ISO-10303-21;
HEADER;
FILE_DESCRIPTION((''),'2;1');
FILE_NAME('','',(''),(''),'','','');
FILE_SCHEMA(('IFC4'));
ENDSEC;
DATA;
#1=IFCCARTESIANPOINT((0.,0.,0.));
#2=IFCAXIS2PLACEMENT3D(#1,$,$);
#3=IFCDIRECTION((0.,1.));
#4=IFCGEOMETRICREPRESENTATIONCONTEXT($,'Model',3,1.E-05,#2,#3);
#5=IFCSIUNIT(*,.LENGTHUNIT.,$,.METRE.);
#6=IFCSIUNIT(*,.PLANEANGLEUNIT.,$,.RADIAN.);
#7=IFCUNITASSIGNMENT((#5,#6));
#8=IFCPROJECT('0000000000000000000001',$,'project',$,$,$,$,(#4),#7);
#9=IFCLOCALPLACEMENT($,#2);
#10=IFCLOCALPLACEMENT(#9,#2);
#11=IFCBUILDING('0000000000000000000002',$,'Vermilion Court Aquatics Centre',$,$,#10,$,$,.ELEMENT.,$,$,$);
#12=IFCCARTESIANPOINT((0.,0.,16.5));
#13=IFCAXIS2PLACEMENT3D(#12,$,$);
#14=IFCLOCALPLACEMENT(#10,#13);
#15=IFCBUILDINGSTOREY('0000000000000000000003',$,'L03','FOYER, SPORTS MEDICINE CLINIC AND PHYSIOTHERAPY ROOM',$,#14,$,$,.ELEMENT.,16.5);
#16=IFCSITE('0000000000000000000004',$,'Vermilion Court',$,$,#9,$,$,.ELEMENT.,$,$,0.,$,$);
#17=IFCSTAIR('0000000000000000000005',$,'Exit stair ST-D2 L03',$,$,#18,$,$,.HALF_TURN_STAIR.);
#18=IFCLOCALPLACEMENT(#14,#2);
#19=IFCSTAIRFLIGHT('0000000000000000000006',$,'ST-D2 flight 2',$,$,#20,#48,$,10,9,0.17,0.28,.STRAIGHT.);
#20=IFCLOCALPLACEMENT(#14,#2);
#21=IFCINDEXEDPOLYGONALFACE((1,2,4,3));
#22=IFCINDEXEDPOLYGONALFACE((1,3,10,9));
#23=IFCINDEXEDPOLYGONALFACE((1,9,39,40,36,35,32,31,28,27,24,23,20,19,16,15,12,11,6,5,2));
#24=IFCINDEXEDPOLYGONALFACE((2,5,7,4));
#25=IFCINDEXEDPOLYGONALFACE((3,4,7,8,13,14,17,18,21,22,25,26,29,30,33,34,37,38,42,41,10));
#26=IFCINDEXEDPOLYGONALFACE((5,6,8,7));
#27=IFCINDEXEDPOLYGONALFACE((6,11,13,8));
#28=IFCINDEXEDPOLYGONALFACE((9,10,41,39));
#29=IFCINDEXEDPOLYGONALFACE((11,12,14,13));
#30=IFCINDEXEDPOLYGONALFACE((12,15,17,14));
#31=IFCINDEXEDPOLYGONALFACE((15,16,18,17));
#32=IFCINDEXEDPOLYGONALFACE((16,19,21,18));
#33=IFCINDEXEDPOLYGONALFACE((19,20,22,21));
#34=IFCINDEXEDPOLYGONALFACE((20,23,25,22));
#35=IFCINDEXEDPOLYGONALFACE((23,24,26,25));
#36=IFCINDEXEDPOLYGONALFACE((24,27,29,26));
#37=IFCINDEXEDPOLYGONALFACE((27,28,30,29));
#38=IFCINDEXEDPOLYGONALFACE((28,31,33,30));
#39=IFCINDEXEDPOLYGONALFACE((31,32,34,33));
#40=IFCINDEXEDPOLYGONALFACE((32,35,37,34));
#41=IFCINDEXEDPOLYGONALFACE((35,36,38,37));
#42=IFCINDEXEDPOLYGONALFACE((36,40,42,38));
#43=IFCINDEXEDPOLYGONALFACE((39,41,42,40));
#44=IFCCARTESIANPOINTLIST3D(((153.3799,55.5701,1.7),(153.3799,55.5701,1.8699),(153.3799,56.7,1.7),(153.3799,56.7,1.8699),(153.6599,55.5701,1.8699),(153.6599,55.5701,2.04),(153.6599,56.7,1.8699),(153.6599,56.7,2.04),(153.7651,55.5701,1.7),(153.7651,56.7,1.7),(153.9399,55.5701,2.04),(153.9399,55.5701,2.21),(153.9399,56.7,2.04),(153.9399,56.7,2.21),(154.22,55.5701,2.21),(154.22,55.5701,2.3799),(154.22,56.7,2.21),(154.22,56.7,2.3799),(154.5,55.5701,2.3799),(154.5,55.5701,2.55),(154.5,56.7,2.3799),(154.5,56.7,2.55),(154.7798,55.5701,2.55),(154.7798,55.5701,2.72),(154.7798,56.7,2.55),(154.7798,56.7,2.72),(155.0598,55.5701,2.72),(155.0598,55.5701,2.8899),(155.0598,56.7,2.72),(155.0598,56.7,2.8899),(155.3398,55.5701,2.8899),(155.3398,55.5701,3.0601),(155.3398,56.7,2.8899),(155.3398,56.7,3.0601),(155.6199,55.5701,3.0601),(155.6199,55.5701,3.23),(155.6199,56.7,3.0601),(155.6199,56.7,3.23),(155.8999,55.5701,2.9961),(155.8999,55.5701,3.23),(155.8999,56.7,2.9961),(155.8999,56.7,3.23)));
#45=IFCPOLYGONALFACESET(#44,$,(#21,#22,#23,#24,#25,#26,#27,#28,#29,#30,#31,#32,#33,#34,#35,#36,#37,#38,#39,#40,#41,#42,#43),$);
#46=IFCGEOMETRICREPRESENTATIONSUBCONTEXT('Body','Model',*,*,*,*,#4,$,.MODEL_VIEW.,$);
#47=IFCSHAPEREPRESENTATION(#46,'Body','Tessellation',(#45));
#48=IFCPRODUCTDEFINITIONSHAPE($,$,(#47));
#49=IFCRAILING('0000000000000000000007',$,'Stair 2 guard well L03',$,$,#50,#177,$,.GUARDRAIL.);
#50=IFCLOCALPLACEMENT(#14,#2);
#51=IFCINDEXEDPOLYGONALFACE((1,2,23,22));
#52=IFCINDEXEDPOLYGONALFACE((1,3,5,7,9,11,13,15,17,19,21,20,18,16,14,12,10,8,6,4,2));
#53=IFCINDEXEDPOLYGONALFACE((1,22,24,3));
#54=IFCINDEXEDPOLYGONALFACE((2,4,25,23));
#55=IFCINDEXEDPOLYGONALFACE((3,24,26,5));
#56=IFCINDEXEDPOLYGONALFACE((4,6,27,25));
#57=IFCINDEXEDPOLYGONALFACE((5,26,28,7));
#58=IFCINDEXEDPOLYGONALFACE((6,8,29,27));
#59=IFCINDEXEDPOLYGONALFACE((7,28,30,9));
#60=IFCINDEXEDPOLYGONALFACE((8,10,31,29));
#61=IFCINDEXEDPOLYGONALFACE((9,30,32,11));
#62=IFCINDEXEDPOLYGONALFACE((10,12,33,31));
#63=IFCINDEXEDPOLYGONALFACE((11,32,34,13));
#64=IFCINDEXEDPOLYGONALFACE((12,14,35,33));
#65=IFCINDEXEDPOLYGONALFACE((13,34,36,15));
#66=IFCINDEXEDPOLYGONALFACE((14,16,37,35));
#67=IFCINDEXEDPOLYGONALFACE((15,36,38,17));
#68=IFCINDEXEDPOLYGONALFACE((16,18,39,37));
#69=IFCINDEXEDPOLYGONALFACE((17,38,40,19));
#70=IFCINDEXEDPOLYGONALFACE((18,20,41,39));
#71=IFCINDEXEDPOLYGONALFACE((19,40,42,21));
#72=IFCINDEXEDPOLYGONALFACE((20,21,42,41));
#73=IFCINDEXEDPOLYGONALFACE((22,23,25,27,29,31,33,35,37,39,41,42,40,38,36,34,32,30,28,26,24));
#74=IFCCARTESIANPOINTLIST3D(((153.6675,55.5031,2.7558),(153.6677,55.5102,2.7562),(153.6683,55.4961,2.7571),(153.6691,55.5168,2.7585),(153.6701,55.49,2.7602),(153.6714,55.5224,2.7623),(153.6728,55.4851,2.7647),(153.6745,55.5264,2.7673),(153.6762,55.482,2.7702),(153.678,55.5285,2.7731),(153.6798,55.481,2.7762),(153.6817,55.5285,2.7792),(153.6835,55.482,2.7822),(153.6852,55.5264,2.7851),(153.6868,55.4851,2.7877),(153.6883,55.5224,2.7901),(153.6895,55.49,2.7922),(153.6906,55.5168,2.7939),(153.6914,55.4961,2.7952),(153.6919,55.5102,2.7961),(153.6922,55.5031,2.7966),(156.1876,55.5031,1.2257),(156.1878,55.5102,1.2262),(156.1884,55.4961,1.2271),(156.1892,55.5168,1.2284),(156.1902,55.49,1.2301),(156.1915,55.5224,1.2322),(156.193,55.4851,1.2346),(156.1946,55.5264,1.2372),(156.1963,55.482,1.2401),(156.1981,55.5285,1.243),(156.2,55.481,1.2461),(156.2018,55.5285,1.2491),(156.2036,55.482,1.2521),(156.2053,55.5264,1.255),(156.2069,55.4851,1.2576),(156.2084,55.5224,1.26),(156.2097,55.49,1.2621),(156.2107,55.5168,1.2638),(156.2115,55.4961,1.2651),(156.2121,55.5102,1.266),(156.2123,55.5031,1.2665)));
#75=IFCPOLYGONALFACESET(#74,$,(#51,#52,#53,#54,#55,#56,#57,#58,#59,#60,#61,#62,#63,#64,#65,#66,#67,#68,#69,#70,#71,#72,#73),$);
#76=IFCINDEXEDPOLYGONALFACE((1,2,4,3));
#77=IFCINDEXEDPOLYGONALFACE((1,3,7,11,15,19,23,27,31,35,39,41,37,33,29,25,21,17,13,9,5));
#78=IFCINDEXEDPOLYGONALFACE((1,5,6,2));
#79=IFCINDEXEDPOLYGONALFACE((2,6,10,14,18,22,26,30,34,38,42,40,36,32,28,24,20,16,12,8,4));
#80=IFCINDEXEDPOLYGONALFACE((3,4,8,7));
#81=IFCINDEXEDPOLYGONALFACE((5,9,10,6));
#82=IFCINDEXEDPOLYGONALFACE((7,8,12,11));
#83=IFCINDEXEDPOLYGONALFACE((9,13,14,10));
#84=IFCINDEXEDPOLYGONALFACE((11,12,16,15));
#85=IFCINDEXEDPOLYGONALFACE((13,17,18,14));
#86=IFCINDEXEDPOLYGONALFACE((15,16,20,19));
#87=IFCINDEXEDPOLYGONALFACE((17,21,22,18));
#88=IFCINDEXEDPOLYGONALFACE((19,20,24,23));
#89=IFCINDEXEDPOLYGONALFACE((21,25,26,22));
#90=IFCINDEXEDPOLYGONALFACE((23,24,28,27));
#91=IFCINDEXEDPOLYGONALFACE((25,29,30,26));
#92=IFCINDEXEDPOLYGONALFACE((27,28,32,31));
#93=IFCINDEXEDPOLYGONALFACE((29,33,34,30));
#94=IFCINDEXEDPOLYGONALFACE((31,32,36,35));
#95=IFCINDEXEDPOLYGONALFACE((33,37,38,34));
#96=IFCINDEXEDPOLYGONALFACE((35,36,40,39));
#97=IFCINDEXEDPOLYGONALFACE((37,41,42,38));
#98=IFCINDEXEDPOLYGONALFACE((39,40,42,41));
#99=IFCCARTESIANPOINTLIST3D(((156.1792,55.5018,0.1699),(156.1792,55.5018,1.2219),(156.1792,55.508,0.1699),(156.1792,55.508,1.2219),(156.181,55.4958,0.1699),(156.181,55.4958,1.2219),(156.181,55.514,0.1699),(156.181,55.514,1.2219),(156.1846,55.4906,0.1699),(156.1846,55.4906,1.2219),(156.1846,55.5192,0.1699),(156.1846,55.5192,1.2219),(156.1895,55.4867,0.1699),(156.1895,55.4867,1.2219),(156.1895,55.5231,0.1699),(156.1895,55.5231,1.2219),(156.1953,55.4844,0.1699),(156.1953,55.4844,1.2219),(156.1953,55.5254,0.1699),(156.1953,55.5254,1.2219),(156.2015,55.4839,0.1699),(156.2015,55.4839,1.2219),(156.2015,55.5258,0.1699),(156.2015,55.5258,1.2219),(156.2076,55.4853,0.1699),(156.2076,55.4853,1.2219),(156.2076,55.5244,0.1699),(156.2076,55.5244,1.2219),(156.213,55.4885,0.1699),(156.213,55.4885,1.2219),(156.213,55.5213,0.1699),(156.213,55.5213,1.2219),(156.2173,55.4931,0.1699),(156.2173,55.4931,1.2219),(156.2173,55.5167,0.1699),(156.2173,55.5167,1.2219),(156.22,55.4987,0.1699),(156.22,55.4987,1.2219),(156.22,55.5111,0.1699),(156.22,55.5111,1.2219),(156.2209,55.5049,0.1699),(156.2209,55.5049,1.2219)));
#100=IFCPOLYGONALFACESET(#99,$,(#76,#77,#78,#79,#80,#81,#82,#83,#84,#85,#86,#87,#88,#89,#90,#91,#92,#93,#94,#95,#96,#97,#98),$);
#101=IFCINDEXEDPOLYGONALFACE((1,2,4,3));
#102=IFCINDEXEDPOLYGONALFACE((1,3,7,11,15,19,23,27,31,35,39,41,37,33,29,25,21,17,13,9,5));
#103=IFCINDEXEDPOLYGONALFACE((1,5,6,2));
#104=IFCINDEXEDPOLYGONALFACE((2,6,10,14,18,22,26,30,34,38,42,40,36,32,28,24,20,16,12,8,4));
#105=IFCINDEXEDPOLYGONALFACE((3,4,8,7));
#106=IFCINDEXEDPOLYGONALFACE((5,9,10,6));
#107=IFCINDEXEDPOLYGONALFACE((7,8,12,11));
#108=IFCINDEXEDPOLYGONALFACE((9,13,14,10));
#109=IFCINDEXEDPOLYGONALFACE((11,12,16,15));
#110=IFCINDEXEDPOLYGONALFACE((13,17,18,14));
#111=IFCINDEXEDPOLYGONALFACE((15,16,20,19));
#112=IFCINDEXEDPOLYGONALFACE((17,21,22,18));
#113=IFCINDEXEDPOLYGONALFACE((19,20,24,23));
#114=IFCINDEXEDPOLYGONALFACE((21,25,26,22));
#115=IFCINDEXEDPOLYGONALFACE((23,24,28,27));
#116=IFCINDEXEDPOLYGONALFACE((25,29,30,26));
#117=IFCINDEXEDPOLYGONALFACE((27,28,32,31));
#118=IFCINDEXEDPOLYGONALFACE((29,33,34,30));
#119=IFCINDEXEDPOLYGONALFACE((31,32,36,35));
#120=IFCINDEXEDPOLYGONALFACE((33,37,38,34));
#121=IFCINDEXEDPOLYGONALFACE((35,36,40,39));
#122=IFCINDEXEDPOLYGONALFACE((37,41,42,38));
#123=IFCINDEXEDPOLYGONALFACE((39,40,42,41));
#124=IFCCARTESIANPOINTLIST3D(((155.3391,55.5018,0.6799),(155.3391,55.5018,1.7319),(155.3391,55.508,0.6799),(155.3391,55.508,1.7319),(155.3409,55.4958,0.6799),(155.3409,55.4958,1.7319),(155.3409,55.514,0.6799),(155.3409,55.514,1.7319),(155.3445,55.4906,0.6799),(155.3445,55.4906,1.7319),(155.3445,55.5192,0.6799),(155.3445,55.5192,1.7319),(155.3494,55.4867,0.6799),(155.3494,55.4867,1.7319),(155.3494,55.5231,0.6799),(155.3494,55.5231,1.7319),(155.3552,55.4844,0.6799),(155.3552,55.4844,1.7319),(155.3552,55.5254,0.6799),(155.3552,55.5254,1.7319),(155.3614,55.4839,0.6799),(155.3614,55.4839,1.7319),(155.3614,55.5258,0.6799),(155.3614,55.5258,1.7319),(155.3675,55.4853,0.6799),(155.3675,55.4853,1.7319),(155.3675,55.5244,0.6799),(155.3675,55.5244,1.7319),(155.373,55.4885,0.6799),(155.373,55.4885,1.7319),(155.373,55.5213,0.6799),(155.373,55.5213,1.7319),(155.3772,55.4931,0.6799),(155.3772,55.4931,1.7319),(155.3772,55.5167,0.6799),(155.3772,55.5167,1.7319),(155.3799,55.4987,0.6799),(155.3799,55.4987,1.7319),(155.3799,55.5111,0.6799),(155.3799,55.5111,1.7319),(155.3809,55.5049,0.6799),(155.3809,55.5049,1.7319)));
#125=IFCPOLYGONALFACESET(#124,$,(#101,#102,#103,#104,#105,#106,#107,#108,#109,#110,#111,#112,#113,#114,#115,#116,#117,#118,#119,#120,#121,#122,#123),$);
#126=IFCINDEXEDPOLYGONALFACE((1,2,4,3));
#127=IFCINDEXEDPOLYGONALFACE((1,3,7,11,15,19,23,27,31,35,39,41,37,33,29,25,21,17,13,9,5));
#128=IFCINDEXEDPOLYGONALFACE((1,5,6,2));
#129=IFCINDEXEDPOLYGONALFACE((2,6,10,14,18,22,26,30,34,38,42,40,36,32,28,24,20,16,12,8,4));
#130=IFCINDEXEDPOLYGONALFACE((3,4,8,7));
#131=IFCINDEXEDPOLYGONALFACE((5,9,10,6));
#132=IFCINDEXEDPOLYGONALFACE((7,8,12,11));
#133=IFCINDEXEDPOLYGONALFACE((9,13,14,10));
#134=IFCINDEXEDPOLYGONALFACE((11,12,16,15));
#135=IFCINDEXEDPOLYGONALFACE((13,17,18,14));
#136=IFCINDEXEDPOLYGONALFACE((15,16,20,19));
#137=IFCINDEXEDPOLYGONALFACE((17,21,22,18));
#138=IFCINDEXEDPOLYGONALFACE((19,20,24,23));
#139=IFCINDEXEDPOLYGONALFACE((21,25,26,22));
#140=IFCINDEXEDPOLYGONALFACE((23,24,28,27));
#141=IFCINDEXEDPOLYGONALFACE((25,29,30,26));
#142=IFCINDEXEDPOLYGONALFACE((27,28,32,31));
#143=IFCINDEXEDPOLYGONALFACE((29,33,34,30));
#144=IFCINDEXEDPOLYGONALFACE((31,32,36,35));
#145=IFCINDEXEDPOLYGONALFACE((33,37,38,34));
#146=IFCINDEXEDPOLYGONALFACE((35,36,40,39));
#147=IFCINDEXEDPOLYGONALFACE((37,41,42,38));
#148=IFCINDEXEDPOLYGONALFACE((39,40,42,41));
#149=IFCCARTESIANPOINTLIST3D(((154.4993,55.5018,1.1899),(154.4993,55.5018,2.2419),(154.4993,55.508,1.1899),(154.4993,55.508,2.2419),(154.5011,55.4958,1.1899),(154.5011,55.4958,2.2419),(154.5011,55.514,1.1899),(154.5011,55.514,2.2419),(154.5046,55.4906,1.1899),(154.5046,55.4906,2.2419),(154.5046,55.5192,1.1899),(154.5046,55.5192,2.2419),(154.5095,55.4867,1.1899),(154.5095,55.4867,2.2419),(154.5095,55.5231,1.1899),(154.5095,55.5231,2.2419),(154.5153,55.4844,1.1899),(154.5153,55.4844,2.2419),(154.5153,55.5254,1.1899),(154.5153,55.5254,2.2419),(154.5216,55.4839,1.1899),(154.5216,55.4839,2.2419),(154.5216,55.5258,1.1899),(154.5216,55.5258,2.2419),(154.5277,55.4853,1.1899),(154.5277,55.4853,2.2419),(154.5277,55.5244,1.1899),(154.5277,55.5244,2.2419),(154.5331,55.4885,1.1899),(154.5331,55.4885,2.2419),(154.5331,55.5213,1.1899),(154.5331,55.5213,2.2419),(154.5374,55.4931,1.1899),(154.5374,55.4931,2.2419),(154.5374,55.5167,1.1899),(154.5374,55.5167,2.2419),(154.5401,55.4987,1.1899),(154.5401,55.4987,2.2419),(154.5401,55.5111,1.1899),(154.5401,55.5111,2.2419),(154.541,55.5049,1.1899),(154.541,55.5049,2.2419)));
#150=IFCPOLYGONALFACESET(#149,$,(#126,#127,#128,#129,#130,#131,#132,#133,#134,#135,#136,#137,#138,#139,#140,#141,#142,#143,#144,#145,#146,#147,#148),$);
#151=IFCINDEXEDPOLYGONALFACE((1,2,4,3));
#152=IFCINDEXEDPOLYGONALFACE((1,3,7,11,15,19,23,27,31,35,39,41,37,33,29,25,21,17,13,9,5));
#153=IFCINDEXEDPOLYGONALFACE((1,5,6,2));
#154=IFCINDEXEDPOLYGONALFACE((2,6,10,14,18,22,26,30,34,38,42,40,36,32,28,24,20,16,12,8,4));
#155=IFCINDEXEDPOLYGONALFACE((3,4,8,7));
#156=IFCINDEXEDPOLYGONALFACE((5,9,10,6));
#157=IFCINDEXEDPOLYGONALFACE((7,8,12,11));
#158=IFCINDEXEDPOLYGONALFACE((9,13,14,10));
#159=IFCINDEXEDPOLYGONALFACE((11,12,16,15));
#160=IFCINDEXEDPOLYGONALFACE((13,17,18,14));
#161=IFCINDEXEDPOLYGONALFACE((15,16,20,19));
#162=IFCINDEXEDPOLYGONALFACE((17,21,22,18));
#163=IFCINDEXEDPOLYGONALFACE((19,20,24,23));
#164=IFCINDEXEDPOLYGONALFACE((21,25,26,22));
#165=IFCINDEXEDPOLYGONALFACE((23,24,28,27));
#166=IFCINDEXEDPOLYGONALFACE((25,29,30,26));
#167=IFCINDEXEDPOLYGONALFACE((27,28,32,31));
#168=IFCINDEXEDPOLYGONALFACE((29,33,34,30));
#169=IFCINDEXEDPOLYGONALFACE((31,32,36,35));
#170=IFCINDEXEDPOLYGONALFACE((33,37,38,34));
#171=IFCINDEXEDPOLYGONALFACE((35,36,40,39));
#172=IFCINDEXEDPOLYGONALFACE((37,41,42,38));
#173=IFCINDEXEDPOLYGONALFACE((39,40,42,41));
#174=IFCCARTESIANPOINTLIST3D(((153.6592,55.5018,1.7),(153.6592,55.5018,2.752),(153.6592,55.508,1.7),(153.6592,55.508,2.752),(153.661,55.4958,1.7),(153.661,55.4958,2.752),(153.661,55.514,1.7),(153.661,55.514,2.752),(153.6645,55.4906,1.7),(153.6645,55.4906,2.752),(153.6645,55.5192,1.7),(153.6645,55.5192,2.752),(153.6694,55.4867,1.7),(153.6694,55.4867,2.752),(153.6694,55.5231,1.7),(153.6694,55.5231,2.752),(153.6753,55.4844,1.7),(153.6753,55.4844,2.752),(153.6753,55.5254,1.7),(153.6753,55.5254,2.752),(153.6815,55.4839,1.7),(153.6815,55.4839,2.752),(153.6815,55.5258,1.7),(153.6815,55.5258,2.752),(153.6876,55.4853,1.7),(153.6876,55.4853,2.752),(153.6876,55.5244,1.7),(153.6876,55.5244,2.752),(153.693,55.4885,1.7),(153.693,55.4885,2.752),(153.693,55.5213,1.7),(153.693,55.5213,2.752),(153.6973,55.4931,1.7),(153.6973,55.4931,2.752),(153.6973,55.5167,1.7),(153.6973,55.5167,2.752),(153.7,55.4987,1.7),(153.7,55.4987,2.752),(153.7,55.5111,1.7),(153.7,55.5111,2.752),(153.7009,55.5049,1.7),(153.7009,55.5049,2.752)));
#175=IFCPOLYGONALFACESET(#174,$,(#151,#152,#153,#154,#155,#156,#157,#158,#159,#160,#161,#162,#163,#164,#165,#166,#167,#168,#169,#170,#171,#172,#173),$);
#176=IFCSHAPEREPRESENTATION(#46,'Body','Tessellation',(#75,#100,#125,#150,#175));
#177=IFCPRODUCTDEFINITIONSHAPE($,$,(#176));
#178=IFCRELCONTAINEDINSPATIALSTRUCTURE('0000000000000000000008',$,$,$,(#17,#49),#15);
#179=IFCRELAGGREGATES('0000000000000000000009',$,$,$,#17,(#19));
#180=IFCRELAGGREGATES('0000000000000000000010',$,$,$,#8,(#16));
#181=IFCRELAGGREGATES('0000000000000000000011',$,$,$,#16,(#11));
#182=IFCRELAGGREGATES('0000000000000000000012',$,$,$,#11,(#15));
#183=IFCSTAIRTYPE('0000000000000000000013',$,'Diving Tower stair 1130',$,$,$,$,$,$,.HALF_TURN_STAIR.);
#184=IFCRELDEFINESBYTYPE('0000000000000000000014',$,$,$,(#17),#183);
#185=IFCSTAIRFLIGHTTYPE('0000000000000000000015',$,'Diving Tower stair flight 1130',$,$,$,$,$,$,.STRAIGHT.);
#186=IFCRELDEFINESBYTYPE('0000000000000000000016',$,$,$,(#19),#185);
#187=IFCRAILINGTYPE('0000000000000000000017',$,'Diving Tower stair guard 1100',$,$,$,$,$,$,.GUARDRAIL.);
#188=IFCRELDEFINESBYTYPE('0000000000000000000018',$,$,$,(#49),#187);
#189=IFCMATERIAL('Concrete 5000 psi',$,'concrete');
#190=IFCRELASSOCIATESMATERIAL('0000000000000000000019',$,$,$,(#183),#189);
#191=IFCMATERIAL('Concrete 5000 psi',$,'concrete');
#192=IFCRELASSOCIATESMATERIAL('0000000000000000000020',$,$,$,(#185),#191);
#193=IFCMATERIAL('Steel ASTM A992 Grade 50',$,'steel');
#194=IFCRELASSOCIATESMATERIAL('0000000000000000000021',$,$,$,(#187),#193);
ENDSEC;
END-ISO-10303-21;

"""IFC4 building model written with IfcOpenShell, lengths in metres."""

from ifc_helpers import new_model, si_unit, direction, frame, origin, origin_2d, place, context, subcontext, project, spatial, polyline, circle, outline, extrude, material, type_object, element, aggregate, save


model = new_model("IFC4")

# Units and contexts
model_context = context("Model", 3, precision=1e-05, world=origin(), true_north=direction((0.0, 1.0)))
body_context = subcontext(model_context, "Body", "Model", "MODEL_VIEW")
ifc_project = project(units=[si_unit("LENGTHUNIT", "METRE"), si_unit("PLANEANGLEUNIT", "RADIAN")], contexts=[model_context])

# Site, building, storey
site_placement = place(None, origin())
site = spatial("IfcSite", under=ifc_project, at=site_placement, Name="Vermilion Court", CompositionType="ELEMENT", RefElevation=0.0)
building_placement = place(site_placement, origin())
building = spatial("IfcBuilding", under=site, at=building_placement, Name="Vermilion Court Aquatics Centre", CompositionType="ELEMENT")
storey_placement = place(building_placement, frame((0.0, 0.0, 16.5)))
storey = spatial("IfcBuildingStorey", under=building, at=storey_placement, Name="L03", Description="FOYER, SPORTS MEDICINE CLINIC AND PHYSIOTHERAPY ROOM", CompositionType="ELEMENT", Elevation=16.5)

# Stair, stair flight
ifc_material_1 = material(Name="Concrete 5000 psi", Category="concrete")
stair_type = type_object("IfcStairType", Name="Diving Tower stair 1130", PredefinedType="HALF_TURN_STAIR", material=ifc_material_1)
stair_placement = place(storey_placement, origin())
stair = element("IfcStair", 1, at=stair_placement, inside=storey, type_object=stair_type, Name="Exit stair ST-D2 L03", PredefinedType="HALF_TURN_STAIR")
ifc_material_2 = material(Name="Concrete 5000 psi", Category="concrete")
stair_flight_type = type_object("IfcStairFlightType", Name="Diving Tower stair flight 1130", PredefinedType="STRAIGHT", material=ifc_material_2)
stair_flight_1_placement = place(storey_placement, frame((153.3799, 56.135, 1.7), z_axis=(0.0, 0.0, 1.0), x_axis=(1.0, 0.0, 0.0)))
stair_flight_1 = element("IfcStairFlight", 2, at=stair_flight_1_placement, type_object=stair_flight_type, Name="ST-D2 flight 2", NumberOfRisers=10, NumberOfTreads=9, PredefinedType="STRAIGHT", RiserHeight=0.17, TreadLength=0.28, context=body_context, shape_type="SweptSolid", body=[
    extrude(outline(polyline([(0.0, 0.0), (0.0, 0.1699), (0.28, 0.1699), (0.28, 0.3401), (0.5601, 0.3401), (0.5601, 0.51), (0.8401, 0.51), (0.8401, 0.6799), (1.1201, 0.6799), (1.1201, 0.8501), (1.3999, 0.8501), (1.3999, 1.02), (1.6799, 1.02), (1.6799, 1.1899), (1.96, 1.1899), (1.96, 1.3601), (2.24, 1.3601), (2.24, 1.53), (2.52, 1.53), (2.52, 1.7), (2.52, 1.2961), (0.3853, 0.0), (0.0, 0.0)])), frame((0.0, 0.5649, 0.0), z_axis=(0.0, -1.0, 0.0), x_axis=(1.0, 0.0, 0.0)), (0.0, 0.0, 1.0), 1.1299),
])
aggregate(stair, [stair_flight_1])

# Railing
ifc_material_3 = material(Name="Steel ASTM A992 Grade 50", Category="steel")
railing_type_1 = type_object("IfcRailingType", Name="Diving Tower stair guard 1100", PredefinedType="GUARDRAIL", material=ifc_material_3)
railing_1_placement = place(storey_placement, frame((156.2, 55.5049, 0.1699)))
element("IfcRailing", 3, at=railing_1_placement, inside=storey, type_object=railing_type_1, Name="Stair 2 guard well L03", PredefinedType="GUARDRAIL", context=body_context, shape_type="SweptSolid", body=[
    extrude(circle(Radius=0.0239, at=origin_2d()), frame((0.0, 0.0, 1.0762), z_axis=(-0.854785, 0.0, 0.518982), x_axis=(0.0, -1.0, 0.0)), (0.0, 0.0, 1.0), 2.9482),
    extrude(circle(Radius=0.021, at=origin_2d()), origin(), (0.0, 0.0, 1.0), 1.052),
    extrude(circle(Radius=0.021, at=origin_2d()), frame((-0.8401, 0.0, 0.51)), (0.0, 0.0, 1.0), 1.052),
    extrude(circle(Radius=0.021, at=origin_2d()), frame((-1.6799, 0.0, 1.02)), (0.0, 0.0, 1.0), 1.052),
    extrude(circle(Radius=0.021, at=origin_2d()), frame((-2.52, 0.0, 1.53)), (0.0, 0.0, 1.0), 1.052),
])

save(model, "model.ifc")
